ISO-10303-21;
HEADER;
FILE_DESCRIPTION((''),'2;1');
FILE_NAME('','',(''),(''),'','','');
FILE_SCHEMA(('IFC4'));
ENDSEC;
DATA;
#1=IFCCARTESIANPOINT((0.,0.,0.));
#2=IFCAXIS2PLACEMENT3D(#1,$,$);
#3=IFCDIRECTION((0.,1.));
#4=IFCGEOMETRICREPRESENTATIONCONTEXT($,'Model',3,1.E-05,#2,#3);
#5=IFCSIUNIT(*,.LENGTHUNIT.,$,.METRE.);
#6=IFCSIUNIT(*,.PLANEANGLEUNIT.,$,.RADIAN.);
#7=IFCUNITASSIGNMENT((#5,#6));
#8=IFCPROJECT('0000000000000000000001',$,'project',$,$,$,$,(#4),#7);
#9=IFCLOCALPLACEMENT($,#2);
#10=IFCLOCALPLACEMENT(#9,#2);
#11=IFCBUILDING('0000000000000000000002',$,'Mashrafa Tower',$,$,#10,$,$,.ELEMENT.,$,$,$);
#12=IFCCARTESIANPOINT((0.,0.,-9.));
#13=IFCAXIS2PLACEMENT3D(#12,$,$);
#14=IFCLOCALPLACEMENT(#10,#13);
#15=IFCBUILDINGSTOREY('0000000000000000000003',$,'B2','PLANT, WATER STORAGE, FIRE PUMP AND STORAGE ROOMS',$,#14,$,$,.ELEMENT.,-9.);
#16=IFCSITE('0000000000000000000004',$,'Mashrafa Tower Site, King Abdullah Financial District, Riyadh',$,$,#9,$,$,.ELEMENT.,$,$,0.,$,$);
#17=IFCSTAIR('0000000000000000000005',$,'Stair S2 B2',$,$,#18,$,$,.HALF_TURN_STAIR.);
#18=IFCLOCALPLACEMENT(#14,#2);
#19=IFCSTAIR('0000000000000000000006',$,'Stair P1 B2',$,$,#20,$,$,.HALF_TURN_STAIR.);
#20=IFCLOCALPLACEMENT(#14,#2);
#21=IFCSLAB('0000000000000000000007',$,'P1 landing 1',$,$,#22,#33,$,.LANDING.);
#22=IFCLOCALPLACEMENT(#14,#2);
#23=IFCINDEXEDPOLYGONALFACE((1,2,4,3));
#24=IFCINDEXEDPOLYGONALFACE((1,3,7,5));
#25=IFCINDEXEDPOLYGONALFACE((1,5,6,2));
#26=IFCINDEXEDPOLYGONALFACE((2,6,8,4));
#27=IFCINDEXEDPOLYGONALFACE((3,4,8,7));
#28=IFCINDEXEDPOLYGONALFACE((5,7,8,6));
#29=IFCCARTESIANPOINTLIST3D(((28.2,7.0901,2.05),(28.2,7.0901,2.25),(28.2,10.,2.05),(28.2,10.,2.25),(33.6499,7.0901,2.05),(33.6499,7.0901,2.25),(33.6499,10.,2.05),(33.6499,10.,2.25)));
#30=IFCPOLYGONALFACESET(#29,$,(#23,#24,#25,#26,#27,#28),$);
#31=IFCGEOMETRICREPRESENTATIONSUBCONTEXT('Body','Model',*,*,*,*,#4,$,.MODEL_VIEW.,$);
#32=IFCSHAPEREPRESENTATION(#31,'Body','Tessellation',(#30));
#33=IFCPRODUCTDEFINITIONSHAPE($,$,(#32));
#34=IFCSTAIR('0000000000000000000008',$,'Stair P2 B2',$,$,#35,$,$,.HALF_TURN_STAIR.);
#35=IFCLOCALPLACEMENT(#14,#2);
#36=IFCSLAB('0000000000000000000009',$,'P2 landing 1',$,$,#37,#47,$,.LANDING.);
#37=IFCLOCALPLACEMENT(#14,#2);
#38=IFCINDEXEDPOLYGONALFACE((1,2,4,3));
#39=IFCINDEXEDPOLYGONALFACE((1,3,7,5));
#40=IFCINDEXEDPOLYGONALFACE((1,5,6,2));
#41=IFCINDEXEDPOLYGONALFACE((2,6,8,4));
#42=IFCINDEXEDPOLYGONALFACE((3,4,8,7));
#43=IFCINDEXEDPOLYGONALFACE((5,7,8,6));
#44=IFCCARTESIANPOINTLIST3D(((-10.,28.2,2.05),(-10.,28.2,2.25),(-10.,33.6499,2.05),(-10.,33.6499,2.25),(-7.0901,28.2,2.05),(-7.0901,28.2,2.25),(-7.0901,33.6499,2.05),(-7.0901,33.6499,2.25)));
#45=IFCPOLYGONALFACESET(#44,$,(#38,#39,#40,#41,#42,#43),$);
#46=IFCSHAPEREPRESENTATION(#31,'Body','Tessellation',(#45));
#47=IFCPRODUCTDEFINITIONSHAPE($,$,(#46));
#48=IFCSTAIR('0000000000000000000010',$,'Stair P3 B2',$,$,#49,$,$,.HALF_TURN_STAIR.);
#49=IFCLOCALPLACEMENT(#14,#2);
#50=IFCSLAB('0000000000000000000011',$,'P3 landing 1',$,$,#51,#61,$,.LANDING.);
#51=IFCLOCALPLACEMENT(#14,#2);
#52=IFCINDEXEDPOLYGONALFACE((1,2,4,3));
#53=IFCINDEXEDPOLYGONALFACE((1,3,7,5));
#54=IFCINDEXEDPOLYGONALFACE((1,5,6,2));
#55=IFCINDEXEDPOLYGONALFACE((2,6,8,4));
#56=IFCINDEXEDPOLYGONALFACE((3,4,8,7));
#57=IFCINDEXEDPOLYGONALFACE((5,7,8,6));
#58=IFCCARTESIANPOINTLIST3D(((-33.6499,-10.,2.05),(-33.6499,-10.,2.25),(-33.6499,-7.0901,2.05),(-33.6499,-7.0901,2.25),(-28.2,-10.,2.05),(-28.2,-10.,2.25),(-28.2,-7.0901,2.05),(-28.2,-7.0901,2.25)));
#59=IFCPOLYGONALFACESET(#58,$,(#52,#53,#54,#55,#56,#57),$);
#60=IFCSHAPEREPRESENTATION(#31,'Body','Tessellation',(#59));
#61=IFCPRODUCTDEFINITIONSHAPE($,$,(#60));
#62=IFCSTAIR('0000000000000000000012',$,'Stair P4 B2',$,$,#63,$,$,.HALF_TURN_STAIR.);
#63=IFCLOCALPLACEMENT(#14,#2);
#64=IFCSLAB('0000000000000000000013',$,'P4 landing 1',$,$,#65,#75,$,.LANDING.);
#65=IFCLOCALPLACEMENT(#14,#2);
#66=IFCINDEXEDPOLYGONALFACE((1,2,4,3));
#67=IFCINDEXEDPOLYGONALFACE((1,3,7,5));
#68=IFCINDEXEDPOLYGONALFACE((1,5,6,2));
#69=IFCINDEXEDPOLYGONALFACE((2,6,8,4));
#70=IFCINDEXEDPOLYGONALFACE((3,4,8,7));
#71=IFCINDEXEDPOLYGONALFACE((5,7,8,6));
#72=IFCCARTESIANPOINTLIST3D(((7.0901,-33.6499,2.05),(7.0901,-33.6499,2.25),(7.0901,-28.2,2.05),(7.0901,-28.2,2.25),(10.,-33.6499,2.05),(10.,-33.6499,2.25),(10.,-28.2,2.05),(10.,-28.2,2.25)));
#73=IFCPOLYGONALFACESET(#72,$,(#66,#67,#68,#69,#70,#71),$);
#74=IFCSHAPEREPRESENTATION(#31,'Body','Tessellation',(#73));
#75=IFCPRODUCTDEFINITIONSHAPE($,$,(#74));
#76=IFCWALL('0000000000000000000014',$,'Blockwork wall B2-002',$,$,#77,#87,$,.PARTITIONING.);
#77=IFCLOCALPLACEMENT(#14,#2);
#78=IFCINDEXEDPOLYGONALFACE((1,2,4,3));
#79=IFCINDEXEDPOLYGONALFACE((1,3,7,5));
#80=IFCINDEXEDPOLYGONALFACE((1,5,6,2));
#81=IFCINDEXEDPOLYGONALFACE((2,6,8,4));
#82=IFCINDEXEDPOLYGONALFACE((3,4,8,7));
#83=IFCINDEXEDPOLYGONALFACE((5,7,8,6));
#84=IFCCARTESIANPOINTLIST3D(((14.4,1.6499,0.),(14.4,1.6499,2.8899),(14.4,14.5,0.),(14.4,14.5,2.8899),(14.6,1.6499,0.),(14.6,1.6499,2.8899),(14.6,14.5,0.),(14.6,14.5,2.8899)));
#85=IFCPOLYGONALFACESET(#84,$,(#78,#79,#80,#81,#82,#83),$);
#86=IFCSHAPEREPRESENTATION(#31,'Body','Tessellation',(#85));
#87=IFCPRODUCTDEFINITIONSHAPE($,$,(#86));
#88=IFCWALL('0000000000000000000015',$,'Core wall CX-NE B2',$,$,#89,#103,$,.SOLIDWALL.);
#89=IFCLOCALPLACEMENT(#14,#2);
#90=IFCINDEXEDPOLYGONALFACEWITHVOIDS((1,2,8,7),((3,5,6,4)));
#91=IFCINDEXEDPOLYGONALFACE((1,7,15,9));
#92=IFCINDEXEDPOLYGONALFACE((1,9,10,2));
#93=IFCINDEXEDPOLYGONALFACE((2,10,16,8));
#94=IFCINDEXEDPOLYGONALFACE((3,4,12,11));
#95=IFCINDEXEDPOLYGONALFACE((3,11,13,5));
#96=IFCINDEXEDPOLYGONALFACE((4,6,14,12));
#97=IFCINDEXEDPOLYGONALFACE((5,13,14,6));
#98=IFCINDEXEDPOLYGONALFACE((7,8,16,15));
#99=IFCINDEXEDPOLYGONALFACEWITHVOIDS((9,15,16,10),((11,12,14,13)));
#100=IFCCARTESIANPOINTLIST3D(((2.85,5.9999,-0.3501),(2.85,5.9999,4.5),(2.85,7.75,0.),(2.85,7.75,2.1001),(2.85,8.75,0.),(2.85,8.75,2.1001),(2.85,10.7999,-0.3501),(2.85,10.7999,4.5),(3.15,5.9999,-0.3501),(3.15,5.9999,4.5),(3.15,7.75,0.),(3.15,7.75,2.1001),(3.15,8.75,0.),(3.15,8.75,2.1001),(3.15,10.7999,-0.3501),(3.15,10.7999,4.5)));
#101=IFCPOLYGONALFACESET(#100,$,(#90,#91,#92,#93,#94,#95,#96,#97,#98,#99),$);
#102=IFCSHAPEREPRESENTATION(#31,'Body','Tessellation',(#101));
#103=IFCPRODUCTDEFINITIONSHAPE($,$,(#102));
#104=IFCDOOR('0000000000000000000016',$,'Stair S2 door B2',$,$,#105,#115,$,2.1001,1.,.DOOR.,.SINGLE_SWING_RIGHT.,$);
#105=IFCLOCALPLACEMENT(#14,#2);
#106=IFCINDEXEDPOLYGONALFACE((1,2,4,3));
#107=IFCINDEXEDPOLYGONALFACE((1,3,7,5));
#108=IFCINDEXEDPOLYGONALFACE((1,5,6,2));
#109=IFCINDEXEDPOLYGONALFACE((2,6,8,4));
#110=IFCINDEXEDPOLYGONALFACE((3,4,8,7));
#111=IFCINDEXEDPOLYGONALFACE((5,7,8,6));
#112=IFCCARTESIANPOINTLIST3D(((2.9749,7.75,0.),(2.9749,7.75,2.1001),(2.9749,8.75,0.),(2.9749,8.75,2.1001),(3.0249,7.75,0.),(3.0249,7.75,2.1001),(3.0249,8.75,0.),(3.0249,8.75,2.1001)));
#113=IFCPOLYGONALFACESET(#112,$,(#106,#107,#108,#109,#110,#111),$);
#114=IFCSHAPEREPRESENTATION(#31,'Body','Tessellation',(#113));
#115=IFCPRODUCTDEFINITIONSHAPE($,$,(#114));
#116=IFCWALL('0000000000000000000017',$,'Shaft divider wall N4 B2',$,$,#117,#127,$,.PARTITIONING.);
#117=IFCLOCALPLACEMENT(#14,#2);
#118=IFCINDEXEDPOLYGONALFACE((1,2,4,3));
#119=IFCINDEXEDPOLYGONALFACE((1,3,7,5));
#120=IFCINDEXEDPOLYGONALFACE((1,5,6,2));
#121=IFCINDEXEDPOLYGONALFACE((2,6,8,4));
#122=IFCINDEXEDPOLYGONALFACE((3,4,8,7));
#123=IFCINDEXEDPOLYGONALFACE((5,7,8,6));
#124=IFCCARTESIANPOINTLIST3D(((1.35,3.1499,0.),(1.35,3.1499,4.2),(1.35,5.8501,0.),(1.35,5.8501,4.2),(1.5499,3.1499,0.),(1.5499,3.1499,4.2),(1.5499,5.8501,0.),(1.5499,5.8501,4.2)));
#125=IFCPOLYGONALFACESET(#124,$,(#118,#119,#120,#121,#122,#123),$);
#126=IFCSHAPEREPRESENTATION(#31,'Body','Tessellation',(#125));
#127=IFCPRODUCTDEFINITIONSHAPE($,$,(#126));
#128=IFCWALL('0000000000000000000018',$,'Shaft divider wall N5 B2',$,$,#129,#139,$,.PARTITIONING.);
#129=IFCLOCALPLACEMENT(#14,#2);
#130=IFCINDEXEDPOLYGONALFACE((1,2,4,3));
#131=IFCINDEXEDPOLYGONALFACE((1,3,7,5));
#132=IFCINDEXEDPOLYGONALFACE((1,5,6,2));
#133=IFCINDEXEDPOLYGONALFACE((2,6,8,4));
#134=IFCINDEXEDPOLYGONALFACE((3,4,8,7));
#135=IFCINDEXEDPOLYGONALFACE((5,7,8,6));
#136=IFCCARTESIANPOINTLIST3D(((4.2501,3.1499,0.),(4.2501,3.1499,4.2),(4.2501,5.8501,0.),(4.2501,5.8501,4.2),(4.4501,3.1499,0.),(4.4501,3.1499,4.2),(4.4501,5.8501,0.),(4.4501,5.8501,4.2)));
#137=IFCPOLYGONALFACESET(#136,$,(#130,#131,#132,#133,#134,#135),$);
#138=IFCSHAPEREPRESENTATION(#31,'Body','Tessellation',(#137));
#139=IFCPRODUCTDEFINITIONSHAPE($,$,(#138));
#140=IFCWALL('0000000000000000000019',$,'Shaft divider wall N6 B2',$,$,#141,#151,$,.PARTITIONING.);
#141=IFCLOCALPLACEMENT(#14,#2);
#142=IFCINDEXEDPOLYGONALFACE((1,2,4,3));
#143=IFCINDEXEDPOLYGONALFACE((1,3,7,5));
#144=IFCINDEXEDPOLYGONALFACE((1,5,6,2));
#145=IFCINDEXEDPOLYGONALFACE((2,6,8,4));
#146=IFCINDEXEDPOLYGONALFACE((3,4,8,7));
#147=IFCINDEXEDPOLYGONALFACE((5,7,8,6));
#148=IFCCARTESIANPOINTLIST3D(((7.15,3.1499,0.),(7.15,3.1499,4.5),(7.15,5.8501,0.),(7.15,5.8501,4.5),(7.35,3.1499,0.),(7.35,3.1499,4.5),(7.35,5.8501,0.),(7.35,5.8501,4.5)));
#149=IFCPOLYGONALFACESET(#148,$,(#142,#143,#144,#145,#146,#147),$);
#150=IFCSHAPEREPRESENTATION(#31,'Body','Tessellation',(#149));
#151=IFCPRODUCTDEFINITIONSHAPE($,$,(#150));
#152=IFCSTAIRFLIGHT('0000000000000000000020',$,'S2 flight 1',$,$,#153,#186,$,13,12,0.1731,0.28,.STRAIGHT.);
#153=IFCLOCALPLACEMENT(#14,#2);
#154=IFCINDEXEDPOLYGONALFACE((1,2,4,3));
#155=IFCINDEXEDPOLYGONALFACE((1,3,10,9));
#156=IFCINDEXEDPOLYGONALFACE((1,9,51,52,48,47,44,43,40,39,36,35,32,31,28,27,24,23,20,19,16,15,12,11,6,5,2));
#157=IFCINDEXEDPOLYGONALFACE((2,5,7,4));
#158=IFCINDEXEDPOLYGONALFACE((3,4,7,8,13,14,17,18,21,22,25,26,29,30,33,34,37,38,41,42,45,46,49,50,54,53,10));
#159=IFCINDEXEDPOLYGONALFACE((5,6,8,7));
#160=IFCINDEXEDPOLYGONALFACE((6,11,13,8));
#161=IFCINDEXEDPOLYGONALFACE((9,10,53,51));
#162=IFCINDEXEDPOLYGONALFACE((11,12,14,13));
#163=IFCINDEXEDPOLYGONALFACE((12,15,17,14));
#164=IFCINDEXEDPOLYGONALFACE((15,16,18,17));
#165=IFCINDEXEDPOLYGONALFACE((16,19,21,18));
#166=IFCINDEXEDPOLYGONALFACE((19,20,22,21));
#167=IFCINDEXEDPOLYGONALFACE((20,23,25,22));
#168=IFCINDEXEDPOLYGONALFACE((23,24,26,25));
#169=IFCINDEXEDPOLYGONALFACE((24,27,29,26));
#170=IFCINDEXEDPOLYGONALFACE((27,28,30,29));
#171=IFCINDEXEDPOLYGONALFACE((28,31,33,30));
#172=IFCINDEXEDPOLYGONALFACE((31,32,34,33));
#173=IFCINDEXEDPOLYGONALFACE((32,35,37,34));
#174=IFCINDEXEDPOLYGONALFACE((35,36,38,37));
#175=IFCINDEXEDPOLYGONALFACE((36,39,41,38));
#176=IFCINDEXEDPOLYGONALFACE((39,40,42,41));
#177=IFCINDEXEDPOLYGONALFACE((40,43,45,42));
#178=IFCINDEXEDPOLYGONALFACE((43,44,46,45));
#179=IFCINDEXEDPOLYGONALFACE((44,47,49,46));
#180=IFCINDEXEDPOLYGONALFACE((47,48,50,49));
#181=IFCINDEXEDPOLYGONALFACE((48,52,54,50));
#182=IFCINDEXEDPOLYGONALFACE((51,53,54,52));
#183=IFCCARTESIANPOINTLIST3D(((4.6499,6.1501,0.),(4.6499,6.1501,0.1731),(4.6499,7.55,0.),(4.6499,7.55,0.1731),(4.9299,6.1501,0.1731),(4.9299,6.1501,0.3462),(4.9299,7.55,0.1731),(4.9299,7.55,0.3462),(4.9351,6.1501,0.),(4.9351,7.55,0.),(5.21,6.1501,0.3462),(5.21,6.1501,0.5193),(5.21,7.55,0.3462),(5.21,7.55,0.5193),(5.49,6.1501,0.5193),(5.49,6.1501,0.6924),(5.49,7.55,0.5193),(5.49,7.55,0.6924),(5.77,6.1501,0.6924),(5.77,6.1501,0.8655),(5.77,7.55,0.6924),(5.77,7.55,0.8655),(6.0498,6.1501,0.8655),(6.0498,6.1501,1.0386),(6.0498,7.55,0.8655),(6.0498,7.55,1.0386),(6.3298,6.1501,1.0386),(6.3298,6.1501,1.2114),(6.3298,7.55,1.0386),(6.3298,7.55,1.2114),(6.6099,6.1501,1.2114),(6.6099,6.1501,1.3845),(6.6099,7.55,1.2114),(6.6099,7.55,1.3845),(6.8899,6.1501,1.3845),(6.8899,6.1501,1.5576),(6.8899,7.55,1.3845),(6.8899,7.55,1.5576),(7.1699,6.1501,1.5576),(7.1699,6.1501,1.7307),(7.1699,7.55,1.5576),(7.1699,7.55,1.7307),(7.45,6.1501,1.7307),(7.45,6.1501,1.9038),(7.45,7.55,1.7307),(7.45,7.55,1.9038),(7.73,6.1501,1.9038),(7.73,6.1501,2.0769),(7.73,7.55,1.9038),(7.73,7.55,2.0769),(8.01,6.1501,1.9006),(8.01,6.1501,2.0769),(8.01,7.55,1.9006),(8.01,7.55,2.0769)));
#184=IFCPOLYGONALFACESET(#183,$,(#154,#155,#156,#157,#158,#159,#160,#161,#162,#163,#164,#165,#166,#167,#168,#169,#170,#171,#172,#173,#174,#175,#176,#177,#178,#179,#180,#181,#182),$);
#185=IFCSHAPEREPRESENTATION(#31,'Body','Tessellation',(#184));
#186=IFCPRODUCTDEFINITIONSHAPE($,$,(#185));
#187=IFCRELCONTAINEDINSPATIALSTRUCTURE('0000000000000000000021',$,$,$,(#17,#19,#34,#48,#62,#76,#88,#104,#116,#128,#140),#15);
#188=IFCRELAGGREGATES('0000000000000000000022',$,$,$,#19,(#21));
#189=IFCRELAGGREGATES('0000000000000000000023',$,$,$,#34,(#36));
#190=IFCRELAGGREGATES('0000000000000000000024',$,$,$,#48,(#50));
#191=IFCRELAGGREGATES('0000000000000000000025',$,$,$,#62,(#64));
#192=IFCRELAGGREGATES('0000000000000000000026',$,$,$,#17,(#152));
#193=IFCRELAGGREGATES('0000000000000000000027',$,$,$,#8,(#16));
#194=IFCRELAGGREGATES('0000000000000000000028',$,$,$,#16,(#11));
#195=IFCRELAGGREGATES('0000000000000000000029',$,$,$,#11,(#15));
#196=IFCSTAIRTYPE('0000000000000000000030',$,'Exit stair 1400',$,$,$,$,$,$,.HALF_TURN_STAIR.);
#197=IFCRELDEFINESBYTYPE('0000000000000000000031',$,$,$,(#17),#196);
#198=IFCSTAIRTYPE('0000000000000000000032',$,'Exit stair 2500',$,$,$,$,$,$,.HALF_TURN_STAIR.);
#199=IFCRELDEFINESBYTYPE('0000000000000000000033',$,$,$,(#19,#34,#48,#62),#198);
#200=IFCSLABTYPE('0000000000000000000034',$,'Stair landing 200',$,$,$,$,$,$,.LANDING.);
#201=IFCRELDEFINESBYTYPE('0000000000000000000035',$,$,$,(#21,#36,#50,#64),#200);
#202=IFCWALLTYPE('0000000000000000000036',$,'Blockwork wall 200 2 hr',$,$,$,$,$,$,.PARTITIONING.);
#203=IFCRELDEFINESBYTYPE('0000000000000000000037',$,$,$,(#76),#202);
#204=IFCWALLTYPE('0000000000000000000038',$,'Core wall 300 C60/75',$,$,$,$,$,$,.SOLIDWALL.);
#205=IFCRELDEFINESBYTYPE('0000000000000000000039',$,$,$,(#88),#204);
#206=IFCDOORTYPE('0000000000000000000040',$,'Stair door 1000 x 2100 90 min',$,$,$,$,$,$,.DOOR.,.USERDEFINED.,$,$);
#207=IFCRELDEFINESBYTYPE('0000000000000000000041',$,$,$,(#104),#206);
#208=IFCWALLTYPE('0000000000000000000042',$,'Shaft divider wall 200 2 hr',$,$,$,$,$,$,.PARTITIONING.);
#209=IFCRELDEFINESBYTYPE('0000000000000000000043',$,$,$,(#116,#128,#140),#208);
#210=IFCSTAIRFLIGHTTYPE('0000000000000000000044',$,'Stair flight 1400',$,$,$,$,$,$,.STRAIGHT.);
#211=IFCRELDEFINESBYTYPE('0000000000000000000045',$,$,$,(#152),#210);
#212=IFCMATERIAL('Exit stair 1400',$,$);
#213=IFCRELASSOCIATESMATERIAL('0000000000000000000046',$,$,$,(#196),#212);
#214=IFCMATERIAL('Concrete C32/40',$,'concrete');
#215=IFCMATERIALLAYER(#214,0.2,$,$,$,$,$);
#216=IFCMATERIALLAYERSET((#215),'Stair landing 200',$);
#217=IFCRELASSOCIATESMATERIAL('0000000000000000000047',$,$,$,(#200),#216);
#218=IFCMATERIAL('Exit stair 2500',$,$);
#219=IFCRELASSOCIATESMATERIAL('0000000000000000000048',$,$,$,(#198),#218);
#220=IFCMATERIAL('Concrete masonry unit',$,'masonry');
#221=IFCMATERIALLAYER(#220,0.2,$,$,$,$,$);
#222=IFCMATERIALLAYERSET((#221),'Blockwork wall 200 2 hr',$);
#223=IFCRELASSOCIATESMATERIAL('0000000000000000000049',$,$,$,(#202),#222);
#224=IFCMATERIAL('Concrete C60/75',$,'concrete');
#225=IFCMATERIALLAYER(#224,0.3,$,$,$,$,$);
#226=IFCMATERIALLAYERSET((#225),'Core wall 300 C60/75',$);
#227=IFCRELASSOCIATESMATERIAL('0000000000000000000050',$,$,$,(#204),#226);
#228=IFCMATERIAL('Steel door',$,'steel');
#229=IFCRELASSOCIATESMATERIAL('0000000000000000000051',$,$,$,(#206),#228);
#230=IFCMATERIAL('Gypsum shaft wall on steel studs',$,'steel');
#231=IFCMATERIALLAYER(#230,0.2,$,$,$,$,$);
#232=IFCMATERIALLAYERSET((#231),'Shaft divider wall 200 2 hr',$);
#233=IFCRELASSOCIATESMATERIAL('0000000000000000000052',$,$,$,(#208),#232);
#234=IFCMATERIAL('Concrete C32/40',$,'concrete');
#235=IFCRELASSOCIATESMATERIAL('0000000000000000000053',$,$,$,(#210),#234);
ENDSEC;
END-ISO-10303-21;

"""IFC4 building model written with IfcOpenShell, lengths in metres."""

from ifc_helpers import new_model, si_unit, direction, frame, frame_2d, origin, place, context, subcontext, project, spatial, polyline, rectangle, outline, extrude, material, layer, layer_set, type_object, element, fill, aggregate, save


model = new_model("IFC4")

# Units and contexts
model_context = context("Model", 3, precision=1e-05, world=origin(), true_north=direction((0.0, 1.0)))
body_context = subcontext(model_context, "Body", "Model", "MODEL_VIEW")
ifc_project = project(units=[si_unit("LENGTHUNIT", "METRE"), si_unit("PLANEANGLEUNIT", "RADIAN")], contexts=[model_context])

# Site, building, storey
site_placement = place(None, origin())
site = spatial("IfcSite", under=ifc_project, at=site_placement, Name="Mashrafa Tower Site, King Abdullah Financial District, Riyadh", CompositionType="ELEMENT", RefElevation=0.0)
building_placement = place(site_placement, origin())
building = spatial("IfcBuilding", under=site, at=building_placement, Name="Mashrafa Tower", CompositionType="ELEMENT")
storey_placement = place(building_placement, frame((0.0, 0.0, -9.0)))
storey = spatial("IfcBuildingStorey", under=building, at=storey_placement, Name="B2", Description="PLANT, WATER STORAGE, FIRE PUMP AND STORAGE ROOMS", CompositionType="ELEMENT", Elevation=-9.0)

# Stairs, slabs
ifc_material_1 = material(Name="Exit stair 1400")
stair_type_1 = type_object("IfcStairType", Name="Exit stair 1400", PredefinedType="HALF_TURN_STAIR", material=ifc_material_1)
ifc_material_2 = material(Name="Concrete C32/40", Category="concrete")
ifc_layer_1 = layer(ifc_material_2, 0.2)
ifc_layer_set_1 = layer_set([ifc_layer_1], Name="Stair landing 200")
slab_type_1 = type_object("IfcSlabType", Name="Stair landing 200", PredefinedType="LANDING", material=ifc_layer_set_1)
stair_1_placement = place(storey_placement, origin())
stair_1 = element("IfcStair", 1, at=stair_1_placement, inside=storey, type_object=stair_type_1, Name="Stair S2 B2", PredefinedType="HALF_TURN_STAIR")
ifc_material_3 = material(Name="Exit stair 2500")
stair_type_2 = type_object("IfcStairType", Name="Exit stair 2500", PredefinedType="HALF_TURN_STAIR", material=ifc_material_3)
stair_2_placement = place(storey_placement, origin())
stair_2 = element("IfcStair", 2, at=stair_2_placement, inside=storey, type_object=stair_type_2, Name="Stair P1 B2", PredefinedType="HALF_TURN_STAIR")
slab_1_placement = place(storey_placement, frame((0.0, 0.0, 2.05)))
slab_1 = element("IfcSlab", 3, at=slab_1_placement, type_object=slab_type_1, Name="P1 landing 1", PredefinedType="LANDING", context=body_context, shape_type="SweptSolid", body=[
    extrude(outline(polyline([(33.6499, 7.0901), (33.6499, 10.0), (28.2, 10.0), (28.2, 7.0901), (33.6499, 7.0901)])), origin(), (0.0, 0.0, 1.0), 0.2),
])
aggregate(stair_2, [slab_1])
stair_3_placement = place(storey_placement, origin())
stair_3 = element("IfcStair", 4, at=stair_3_placement, inside=storey, type_object=stair_type_2, Name="Stair P2 B2", PredefinedType="HALF_TURN_STAIR")
slab_2_placement = place(storey_placement, frame((0.0, 0.0, 2.05)))
slab_2 = element("IfcSlab", 5, at=slab_2_placement, type_object=slab_type_1, Name="P2 landing 1", PredefinedType="LANDING", context=body_context, shape_type="SweptSolid", body=[
    extrude(outline(polyline([(-10.0, 28.2), (-7.0901, 28.2), (-7.0901, 33.6499), (-10.0, 33.6499), (-10.0, 28.2)])), origin(), (0.0, 0.0, 1.0), 0.2),
])
aggregate(stair_3, [slab_2])
stair_4_placement = place(storey_placement, origin())
stair_4 = element("IfcStair", 6, at=stair_4_placement, inside=storey, type_object=stair_type_2, Name="Stair P3 B2", PredefinedType="HALF_TURN_STAIR")
slab_3_placement = place(storey_placement, frame((0.0, 0.0, 2.05)))
slab_3 = element("IfcSlab", 7, at=slab_3_placement, type_object=slab_type_1, Name="P3 landing 1", PredefinedType="LANDING", context=body_context, shape_type="SweptSolid", body=[
    extrude(outline(polyline([(-28.2, -10.0), (-28.2, -7.0901), (-33.6499, -7.0901), (-33.6499, -10.0), (-28.2, -10.0)])), origin(), (0.0, 0.0, 1.0), 0.2),
])
aggregate(stair_4, [slab_3])
stair_5_placement = place(storey_placement, origin())
stair_5 = element("IfcStair", 8, at=stair_5_placement, inside=storey, type_object=stair_type_2, Name="Stair P4 B2", PredefinedType="HALF_TURN_STAIR")
slab_4_placement = place(storey_placement, frame((0.0, 0.0, 2.05)))
slab_4 = element("IfcSlab", 9, at=slab_4_placement, type_object=slab_type_1, Name="P4 landing 1", PredefinedType="LANDING", context=body_context, shape_type="SweptSolid", body=[
    extrude(outline(polyline([(7.0901, -33.6499), (10.0, -33.6499), (10.0, -28.2), (7.0901, -28.2), (7.0901, -33.6499)])), origin(), (0.0, 0.0, 1.0), 0.2),
])
aggregate(stair_5, [slab_4])

# Wall
ifc_material_4 = material(Name="Concrete masonry unit", Category="masonry")
ifc_layer_2 = layer(ifc_material_4, 0.2)
ifc_layer_set_2 = layer_set([ifc_layer_2], Name="Blockwork wall 200 2 hr")
wall_type_1 = type_object("IfcWallType", Name="Blockwork wall 200 2 hr", PredefinedType="PARTITIONING", material=ifc_layer_set_2)
wall_1_placement = place(storey_placement, frame((14.5, 1.6499, 0.0), z_axis=(0.0, 0.0, 1.0), x_axis=(0.0, 1.0, 0.0)))
element("IfcWall", 10, at=wall_1_placement, inside=storey, type_object=wall_type_1, Name="Blockwork wall B2-002", PredefinedType="PARTITIONING", context=body_context, shape_type="SweptSolid", body=[
    extrude(rectangle(XDim=12.8501, YDim=0.2, at=frame_2d((6.425, 0.0))), origin(), (0.0, 0.0, 1.0), 2.8899),
])

# Wall, opening, door
ifc_material_5 = material(Name="Concrete C60/75", Category="concrete")
ifc_layer_3 = layer(ifc_material_5, 0.3)
ifc_layer_set_3 = layer_set([ifc_layer_3], Name="Core wall 300 C60/75")
wall_type_2 = type_object("IfcWallType", Name="Core wall 300 C60/75", PredefinedType="SOLIDWALL", material=ifc_layer_set_3)
wall_2_placement = place(storey_placement, frame((3.0, 6.0, -0.3501), z_axis=(0.0, 0.0, 1.0), x_axis=(0.0, 1.0, 0.0)))
wall_2 = element("IfcWall", 11, at=wall_2_placement, inside=storey, type_object=wall_type_2, Name="Core wall CX-NE B2", PredefinedType="SOLIDWALL", context=body_context, shape_type="SweptSolid", body=[
    extrude(rectangle(XDim=4.8, YDim=0.3, at=frame_2d((2.3999, 0.0))), origin(), (0.0, 0.0, 1.0), 4.8501),
])
opening_placement = place(wall_2_placement, frame((1.75, 0.0, 0.3501)))
opening = element("IfcOpeningElement", 12, at=opening_placement, cuts=wall_2, PredefinedType="OPENING", context=body_context, shape_type="SweptSolid", body=[
    extrude(rectangle(XDim=1.0, YDim=2.1001, at=frame_2d((0.5, 1.05))), frame((0.0, 0.1599, 0.0), z_axis=(0.0, -1.0, 0.0), x_axis=(1.0, 0.0, 0.0)), (0.0, 0.0, 1.0), 0.3201),
])
ifc_material_6 = material(Name="Steel door", Category="steel")
door_type = type_object("IfcDoorType", Name="Stair door 1000 x 2100 90 min", OperationType="USERDEFINED", PredefinedType="DOOR", material=ifc_material_6)
door_placement = place(opening_placement, frame((1.0, 0.0, 0.0), z_axis=(0.0, 0.0, 1.0), x_axis=(-1.0, 0.0, 0.0)))
door = element("IfcDoor", 13, at=door_placement, inside=storey, type_object=door_type, Name="Stair S2 door B2", OperationType="SINGLE_SWING_RIGHT", OverallHeight=2.1001, OverallWidth=1.0, PredefinedType="DOOR", context=body_context, shape_type="SweptSolid", body=[
    extrude(rectangle(XDim=1.0, YDim=2.1001, at=frame_2d((0.5, 1.05))), frame((0.0, 0.0249, 0.0), z_axis=(0.0, -1.0, 0.0), x_axis=(1.0, 0.0, 0.0)), (0.0, 0.0, 1.0), 0.05),
])
fill(opening, door)

# Walls
ifc_material_7 = material(Name="Gypsum shaft wall on steel studs", Category="steel")
ifc_layer_4 = layer(ifc_material_7, 0.2)
ifc_layer_set_4 = layer_set([ifc_layer_4], Name="Shaft divider wall 200 2 hr")
wall_type_3 = type_object("IfcWallType", Name="Shaft divider wall 200 2 hr", PredefinedType="PARTITIONING", material=ifc_layer_set_4)
for number, where, z_axis, x_axis, name in (
    (14, (1.45, 3.1499, 0.0), (0.0, 0.0, 1.0), (0.0, 1.0, 0.0), "Shaft divider wall N4 B2"),
    (15, (4.3501, 3.1499, 0.0), (0.0, 0.0, 1.0), (0.0, 1.0, 0.0), "Shaft divider wall N5 B2"),
):
    element("IfcWall", number, at=place(storey_placement, frame(where, z_axis=z_axis, x_axis=x_axis)), inside=storey, type_object=wall_type_3, Name=name, PredefinedType="PARTITIONING", context=body_context, shape_type="SweptSolid", body=[
        extrude(rectangle(XDim=2.7002, YDim=0.2, at=frame_2d((1.3501, 0.0))), origin(), (0.0, 0.0, 1.0), 4.2),
    ])
wall_3_placement = place(storey_placement, frame((7.25, 3.1499, 0.0), z_axis=(0.0, 0.0, 1.0), x_axis=(0.0, 1.0, 0.0)))
element("IfcWall", 16, at=wall_3_placement, inside=storey, type_object=wall_type_3, Name="Shaft divider wall N6 B2", PredefinedType="PARTITIONING", context=body_context, shape_type="SweptSolid", body=[
    extrude(rectangle(XDim=2.7002, YDim=0.2, at=frame_2d((1.3501, 0.0))), origin(), (0.0, 0.0, 1.0), 4.5),
])

# Stair flight
ifc_material_8 = material(Name="Concrete C32/40", Category="concrete")
stair_flight_type = type_object("IfcStairFlightType", Name="Stair flight 1400", PredefinedType="STRAIGHT", material=ifc_material_8)
stair_flight_1_placement = place(storey_placement, frame((4.6499, 6.8501, 0.0), z_axis=(0.0, 0.0, 1.0), x_axis=(1.0, 0.0, 0.0)))
stair_flight_1 = element("IfcStairFlight", 17, at=stair_flight_1_placement, type_object=stair_flight_type, Name="S2 flight 1", NumberOfRisers=13, NumberOfTreads=12, PredefinedType="STRAIGHT", RiserHeight=0.1731, TreadLength=0.28, context=body_context, shape_type="SweptSolid", body=[
    extrude(outline(polyline([(0.0, 0.0), (0.0, 0.1731), (0.28, 0.1731), (0.28, 0.3462), (0.5601, 0.3462), (0.5601, 0.5193), (0.8401, 0.5193), (0.8401, 0.6924), (1.1201, 0.6924), (1.1201, 0.8655), (1.3999, 0.8655), (1.3999, 1.0386), (1.6799, 1.0386), (1.6799, 1.2114), (1.96, 1.2114), (1.96, 1.3845), (2.24, 1.3845), (2.24, 1.5576), (2.52, 1.5576), (2.52, 1.7307), (2.8, 1.7307), (2.8, 1.9038), (3.0801, 1.9038), (3.0801, 2.0769), (3.3601, 2.0769), (3.3601, 2.25), (3.3601, 1.9006), (0.2852, 0.0), (0.0, 0.0)])), frame((0.0, 0.7, 0.0), z_axis=(0.0, -1.0, 0.0), x_axis=(1.0, 0.0, 0.0)), (0.0, 0.0, 1.0), 1.3999),
])
aggregate(stair_1, [stair_flight_1])

save(model, "model.ifc")
